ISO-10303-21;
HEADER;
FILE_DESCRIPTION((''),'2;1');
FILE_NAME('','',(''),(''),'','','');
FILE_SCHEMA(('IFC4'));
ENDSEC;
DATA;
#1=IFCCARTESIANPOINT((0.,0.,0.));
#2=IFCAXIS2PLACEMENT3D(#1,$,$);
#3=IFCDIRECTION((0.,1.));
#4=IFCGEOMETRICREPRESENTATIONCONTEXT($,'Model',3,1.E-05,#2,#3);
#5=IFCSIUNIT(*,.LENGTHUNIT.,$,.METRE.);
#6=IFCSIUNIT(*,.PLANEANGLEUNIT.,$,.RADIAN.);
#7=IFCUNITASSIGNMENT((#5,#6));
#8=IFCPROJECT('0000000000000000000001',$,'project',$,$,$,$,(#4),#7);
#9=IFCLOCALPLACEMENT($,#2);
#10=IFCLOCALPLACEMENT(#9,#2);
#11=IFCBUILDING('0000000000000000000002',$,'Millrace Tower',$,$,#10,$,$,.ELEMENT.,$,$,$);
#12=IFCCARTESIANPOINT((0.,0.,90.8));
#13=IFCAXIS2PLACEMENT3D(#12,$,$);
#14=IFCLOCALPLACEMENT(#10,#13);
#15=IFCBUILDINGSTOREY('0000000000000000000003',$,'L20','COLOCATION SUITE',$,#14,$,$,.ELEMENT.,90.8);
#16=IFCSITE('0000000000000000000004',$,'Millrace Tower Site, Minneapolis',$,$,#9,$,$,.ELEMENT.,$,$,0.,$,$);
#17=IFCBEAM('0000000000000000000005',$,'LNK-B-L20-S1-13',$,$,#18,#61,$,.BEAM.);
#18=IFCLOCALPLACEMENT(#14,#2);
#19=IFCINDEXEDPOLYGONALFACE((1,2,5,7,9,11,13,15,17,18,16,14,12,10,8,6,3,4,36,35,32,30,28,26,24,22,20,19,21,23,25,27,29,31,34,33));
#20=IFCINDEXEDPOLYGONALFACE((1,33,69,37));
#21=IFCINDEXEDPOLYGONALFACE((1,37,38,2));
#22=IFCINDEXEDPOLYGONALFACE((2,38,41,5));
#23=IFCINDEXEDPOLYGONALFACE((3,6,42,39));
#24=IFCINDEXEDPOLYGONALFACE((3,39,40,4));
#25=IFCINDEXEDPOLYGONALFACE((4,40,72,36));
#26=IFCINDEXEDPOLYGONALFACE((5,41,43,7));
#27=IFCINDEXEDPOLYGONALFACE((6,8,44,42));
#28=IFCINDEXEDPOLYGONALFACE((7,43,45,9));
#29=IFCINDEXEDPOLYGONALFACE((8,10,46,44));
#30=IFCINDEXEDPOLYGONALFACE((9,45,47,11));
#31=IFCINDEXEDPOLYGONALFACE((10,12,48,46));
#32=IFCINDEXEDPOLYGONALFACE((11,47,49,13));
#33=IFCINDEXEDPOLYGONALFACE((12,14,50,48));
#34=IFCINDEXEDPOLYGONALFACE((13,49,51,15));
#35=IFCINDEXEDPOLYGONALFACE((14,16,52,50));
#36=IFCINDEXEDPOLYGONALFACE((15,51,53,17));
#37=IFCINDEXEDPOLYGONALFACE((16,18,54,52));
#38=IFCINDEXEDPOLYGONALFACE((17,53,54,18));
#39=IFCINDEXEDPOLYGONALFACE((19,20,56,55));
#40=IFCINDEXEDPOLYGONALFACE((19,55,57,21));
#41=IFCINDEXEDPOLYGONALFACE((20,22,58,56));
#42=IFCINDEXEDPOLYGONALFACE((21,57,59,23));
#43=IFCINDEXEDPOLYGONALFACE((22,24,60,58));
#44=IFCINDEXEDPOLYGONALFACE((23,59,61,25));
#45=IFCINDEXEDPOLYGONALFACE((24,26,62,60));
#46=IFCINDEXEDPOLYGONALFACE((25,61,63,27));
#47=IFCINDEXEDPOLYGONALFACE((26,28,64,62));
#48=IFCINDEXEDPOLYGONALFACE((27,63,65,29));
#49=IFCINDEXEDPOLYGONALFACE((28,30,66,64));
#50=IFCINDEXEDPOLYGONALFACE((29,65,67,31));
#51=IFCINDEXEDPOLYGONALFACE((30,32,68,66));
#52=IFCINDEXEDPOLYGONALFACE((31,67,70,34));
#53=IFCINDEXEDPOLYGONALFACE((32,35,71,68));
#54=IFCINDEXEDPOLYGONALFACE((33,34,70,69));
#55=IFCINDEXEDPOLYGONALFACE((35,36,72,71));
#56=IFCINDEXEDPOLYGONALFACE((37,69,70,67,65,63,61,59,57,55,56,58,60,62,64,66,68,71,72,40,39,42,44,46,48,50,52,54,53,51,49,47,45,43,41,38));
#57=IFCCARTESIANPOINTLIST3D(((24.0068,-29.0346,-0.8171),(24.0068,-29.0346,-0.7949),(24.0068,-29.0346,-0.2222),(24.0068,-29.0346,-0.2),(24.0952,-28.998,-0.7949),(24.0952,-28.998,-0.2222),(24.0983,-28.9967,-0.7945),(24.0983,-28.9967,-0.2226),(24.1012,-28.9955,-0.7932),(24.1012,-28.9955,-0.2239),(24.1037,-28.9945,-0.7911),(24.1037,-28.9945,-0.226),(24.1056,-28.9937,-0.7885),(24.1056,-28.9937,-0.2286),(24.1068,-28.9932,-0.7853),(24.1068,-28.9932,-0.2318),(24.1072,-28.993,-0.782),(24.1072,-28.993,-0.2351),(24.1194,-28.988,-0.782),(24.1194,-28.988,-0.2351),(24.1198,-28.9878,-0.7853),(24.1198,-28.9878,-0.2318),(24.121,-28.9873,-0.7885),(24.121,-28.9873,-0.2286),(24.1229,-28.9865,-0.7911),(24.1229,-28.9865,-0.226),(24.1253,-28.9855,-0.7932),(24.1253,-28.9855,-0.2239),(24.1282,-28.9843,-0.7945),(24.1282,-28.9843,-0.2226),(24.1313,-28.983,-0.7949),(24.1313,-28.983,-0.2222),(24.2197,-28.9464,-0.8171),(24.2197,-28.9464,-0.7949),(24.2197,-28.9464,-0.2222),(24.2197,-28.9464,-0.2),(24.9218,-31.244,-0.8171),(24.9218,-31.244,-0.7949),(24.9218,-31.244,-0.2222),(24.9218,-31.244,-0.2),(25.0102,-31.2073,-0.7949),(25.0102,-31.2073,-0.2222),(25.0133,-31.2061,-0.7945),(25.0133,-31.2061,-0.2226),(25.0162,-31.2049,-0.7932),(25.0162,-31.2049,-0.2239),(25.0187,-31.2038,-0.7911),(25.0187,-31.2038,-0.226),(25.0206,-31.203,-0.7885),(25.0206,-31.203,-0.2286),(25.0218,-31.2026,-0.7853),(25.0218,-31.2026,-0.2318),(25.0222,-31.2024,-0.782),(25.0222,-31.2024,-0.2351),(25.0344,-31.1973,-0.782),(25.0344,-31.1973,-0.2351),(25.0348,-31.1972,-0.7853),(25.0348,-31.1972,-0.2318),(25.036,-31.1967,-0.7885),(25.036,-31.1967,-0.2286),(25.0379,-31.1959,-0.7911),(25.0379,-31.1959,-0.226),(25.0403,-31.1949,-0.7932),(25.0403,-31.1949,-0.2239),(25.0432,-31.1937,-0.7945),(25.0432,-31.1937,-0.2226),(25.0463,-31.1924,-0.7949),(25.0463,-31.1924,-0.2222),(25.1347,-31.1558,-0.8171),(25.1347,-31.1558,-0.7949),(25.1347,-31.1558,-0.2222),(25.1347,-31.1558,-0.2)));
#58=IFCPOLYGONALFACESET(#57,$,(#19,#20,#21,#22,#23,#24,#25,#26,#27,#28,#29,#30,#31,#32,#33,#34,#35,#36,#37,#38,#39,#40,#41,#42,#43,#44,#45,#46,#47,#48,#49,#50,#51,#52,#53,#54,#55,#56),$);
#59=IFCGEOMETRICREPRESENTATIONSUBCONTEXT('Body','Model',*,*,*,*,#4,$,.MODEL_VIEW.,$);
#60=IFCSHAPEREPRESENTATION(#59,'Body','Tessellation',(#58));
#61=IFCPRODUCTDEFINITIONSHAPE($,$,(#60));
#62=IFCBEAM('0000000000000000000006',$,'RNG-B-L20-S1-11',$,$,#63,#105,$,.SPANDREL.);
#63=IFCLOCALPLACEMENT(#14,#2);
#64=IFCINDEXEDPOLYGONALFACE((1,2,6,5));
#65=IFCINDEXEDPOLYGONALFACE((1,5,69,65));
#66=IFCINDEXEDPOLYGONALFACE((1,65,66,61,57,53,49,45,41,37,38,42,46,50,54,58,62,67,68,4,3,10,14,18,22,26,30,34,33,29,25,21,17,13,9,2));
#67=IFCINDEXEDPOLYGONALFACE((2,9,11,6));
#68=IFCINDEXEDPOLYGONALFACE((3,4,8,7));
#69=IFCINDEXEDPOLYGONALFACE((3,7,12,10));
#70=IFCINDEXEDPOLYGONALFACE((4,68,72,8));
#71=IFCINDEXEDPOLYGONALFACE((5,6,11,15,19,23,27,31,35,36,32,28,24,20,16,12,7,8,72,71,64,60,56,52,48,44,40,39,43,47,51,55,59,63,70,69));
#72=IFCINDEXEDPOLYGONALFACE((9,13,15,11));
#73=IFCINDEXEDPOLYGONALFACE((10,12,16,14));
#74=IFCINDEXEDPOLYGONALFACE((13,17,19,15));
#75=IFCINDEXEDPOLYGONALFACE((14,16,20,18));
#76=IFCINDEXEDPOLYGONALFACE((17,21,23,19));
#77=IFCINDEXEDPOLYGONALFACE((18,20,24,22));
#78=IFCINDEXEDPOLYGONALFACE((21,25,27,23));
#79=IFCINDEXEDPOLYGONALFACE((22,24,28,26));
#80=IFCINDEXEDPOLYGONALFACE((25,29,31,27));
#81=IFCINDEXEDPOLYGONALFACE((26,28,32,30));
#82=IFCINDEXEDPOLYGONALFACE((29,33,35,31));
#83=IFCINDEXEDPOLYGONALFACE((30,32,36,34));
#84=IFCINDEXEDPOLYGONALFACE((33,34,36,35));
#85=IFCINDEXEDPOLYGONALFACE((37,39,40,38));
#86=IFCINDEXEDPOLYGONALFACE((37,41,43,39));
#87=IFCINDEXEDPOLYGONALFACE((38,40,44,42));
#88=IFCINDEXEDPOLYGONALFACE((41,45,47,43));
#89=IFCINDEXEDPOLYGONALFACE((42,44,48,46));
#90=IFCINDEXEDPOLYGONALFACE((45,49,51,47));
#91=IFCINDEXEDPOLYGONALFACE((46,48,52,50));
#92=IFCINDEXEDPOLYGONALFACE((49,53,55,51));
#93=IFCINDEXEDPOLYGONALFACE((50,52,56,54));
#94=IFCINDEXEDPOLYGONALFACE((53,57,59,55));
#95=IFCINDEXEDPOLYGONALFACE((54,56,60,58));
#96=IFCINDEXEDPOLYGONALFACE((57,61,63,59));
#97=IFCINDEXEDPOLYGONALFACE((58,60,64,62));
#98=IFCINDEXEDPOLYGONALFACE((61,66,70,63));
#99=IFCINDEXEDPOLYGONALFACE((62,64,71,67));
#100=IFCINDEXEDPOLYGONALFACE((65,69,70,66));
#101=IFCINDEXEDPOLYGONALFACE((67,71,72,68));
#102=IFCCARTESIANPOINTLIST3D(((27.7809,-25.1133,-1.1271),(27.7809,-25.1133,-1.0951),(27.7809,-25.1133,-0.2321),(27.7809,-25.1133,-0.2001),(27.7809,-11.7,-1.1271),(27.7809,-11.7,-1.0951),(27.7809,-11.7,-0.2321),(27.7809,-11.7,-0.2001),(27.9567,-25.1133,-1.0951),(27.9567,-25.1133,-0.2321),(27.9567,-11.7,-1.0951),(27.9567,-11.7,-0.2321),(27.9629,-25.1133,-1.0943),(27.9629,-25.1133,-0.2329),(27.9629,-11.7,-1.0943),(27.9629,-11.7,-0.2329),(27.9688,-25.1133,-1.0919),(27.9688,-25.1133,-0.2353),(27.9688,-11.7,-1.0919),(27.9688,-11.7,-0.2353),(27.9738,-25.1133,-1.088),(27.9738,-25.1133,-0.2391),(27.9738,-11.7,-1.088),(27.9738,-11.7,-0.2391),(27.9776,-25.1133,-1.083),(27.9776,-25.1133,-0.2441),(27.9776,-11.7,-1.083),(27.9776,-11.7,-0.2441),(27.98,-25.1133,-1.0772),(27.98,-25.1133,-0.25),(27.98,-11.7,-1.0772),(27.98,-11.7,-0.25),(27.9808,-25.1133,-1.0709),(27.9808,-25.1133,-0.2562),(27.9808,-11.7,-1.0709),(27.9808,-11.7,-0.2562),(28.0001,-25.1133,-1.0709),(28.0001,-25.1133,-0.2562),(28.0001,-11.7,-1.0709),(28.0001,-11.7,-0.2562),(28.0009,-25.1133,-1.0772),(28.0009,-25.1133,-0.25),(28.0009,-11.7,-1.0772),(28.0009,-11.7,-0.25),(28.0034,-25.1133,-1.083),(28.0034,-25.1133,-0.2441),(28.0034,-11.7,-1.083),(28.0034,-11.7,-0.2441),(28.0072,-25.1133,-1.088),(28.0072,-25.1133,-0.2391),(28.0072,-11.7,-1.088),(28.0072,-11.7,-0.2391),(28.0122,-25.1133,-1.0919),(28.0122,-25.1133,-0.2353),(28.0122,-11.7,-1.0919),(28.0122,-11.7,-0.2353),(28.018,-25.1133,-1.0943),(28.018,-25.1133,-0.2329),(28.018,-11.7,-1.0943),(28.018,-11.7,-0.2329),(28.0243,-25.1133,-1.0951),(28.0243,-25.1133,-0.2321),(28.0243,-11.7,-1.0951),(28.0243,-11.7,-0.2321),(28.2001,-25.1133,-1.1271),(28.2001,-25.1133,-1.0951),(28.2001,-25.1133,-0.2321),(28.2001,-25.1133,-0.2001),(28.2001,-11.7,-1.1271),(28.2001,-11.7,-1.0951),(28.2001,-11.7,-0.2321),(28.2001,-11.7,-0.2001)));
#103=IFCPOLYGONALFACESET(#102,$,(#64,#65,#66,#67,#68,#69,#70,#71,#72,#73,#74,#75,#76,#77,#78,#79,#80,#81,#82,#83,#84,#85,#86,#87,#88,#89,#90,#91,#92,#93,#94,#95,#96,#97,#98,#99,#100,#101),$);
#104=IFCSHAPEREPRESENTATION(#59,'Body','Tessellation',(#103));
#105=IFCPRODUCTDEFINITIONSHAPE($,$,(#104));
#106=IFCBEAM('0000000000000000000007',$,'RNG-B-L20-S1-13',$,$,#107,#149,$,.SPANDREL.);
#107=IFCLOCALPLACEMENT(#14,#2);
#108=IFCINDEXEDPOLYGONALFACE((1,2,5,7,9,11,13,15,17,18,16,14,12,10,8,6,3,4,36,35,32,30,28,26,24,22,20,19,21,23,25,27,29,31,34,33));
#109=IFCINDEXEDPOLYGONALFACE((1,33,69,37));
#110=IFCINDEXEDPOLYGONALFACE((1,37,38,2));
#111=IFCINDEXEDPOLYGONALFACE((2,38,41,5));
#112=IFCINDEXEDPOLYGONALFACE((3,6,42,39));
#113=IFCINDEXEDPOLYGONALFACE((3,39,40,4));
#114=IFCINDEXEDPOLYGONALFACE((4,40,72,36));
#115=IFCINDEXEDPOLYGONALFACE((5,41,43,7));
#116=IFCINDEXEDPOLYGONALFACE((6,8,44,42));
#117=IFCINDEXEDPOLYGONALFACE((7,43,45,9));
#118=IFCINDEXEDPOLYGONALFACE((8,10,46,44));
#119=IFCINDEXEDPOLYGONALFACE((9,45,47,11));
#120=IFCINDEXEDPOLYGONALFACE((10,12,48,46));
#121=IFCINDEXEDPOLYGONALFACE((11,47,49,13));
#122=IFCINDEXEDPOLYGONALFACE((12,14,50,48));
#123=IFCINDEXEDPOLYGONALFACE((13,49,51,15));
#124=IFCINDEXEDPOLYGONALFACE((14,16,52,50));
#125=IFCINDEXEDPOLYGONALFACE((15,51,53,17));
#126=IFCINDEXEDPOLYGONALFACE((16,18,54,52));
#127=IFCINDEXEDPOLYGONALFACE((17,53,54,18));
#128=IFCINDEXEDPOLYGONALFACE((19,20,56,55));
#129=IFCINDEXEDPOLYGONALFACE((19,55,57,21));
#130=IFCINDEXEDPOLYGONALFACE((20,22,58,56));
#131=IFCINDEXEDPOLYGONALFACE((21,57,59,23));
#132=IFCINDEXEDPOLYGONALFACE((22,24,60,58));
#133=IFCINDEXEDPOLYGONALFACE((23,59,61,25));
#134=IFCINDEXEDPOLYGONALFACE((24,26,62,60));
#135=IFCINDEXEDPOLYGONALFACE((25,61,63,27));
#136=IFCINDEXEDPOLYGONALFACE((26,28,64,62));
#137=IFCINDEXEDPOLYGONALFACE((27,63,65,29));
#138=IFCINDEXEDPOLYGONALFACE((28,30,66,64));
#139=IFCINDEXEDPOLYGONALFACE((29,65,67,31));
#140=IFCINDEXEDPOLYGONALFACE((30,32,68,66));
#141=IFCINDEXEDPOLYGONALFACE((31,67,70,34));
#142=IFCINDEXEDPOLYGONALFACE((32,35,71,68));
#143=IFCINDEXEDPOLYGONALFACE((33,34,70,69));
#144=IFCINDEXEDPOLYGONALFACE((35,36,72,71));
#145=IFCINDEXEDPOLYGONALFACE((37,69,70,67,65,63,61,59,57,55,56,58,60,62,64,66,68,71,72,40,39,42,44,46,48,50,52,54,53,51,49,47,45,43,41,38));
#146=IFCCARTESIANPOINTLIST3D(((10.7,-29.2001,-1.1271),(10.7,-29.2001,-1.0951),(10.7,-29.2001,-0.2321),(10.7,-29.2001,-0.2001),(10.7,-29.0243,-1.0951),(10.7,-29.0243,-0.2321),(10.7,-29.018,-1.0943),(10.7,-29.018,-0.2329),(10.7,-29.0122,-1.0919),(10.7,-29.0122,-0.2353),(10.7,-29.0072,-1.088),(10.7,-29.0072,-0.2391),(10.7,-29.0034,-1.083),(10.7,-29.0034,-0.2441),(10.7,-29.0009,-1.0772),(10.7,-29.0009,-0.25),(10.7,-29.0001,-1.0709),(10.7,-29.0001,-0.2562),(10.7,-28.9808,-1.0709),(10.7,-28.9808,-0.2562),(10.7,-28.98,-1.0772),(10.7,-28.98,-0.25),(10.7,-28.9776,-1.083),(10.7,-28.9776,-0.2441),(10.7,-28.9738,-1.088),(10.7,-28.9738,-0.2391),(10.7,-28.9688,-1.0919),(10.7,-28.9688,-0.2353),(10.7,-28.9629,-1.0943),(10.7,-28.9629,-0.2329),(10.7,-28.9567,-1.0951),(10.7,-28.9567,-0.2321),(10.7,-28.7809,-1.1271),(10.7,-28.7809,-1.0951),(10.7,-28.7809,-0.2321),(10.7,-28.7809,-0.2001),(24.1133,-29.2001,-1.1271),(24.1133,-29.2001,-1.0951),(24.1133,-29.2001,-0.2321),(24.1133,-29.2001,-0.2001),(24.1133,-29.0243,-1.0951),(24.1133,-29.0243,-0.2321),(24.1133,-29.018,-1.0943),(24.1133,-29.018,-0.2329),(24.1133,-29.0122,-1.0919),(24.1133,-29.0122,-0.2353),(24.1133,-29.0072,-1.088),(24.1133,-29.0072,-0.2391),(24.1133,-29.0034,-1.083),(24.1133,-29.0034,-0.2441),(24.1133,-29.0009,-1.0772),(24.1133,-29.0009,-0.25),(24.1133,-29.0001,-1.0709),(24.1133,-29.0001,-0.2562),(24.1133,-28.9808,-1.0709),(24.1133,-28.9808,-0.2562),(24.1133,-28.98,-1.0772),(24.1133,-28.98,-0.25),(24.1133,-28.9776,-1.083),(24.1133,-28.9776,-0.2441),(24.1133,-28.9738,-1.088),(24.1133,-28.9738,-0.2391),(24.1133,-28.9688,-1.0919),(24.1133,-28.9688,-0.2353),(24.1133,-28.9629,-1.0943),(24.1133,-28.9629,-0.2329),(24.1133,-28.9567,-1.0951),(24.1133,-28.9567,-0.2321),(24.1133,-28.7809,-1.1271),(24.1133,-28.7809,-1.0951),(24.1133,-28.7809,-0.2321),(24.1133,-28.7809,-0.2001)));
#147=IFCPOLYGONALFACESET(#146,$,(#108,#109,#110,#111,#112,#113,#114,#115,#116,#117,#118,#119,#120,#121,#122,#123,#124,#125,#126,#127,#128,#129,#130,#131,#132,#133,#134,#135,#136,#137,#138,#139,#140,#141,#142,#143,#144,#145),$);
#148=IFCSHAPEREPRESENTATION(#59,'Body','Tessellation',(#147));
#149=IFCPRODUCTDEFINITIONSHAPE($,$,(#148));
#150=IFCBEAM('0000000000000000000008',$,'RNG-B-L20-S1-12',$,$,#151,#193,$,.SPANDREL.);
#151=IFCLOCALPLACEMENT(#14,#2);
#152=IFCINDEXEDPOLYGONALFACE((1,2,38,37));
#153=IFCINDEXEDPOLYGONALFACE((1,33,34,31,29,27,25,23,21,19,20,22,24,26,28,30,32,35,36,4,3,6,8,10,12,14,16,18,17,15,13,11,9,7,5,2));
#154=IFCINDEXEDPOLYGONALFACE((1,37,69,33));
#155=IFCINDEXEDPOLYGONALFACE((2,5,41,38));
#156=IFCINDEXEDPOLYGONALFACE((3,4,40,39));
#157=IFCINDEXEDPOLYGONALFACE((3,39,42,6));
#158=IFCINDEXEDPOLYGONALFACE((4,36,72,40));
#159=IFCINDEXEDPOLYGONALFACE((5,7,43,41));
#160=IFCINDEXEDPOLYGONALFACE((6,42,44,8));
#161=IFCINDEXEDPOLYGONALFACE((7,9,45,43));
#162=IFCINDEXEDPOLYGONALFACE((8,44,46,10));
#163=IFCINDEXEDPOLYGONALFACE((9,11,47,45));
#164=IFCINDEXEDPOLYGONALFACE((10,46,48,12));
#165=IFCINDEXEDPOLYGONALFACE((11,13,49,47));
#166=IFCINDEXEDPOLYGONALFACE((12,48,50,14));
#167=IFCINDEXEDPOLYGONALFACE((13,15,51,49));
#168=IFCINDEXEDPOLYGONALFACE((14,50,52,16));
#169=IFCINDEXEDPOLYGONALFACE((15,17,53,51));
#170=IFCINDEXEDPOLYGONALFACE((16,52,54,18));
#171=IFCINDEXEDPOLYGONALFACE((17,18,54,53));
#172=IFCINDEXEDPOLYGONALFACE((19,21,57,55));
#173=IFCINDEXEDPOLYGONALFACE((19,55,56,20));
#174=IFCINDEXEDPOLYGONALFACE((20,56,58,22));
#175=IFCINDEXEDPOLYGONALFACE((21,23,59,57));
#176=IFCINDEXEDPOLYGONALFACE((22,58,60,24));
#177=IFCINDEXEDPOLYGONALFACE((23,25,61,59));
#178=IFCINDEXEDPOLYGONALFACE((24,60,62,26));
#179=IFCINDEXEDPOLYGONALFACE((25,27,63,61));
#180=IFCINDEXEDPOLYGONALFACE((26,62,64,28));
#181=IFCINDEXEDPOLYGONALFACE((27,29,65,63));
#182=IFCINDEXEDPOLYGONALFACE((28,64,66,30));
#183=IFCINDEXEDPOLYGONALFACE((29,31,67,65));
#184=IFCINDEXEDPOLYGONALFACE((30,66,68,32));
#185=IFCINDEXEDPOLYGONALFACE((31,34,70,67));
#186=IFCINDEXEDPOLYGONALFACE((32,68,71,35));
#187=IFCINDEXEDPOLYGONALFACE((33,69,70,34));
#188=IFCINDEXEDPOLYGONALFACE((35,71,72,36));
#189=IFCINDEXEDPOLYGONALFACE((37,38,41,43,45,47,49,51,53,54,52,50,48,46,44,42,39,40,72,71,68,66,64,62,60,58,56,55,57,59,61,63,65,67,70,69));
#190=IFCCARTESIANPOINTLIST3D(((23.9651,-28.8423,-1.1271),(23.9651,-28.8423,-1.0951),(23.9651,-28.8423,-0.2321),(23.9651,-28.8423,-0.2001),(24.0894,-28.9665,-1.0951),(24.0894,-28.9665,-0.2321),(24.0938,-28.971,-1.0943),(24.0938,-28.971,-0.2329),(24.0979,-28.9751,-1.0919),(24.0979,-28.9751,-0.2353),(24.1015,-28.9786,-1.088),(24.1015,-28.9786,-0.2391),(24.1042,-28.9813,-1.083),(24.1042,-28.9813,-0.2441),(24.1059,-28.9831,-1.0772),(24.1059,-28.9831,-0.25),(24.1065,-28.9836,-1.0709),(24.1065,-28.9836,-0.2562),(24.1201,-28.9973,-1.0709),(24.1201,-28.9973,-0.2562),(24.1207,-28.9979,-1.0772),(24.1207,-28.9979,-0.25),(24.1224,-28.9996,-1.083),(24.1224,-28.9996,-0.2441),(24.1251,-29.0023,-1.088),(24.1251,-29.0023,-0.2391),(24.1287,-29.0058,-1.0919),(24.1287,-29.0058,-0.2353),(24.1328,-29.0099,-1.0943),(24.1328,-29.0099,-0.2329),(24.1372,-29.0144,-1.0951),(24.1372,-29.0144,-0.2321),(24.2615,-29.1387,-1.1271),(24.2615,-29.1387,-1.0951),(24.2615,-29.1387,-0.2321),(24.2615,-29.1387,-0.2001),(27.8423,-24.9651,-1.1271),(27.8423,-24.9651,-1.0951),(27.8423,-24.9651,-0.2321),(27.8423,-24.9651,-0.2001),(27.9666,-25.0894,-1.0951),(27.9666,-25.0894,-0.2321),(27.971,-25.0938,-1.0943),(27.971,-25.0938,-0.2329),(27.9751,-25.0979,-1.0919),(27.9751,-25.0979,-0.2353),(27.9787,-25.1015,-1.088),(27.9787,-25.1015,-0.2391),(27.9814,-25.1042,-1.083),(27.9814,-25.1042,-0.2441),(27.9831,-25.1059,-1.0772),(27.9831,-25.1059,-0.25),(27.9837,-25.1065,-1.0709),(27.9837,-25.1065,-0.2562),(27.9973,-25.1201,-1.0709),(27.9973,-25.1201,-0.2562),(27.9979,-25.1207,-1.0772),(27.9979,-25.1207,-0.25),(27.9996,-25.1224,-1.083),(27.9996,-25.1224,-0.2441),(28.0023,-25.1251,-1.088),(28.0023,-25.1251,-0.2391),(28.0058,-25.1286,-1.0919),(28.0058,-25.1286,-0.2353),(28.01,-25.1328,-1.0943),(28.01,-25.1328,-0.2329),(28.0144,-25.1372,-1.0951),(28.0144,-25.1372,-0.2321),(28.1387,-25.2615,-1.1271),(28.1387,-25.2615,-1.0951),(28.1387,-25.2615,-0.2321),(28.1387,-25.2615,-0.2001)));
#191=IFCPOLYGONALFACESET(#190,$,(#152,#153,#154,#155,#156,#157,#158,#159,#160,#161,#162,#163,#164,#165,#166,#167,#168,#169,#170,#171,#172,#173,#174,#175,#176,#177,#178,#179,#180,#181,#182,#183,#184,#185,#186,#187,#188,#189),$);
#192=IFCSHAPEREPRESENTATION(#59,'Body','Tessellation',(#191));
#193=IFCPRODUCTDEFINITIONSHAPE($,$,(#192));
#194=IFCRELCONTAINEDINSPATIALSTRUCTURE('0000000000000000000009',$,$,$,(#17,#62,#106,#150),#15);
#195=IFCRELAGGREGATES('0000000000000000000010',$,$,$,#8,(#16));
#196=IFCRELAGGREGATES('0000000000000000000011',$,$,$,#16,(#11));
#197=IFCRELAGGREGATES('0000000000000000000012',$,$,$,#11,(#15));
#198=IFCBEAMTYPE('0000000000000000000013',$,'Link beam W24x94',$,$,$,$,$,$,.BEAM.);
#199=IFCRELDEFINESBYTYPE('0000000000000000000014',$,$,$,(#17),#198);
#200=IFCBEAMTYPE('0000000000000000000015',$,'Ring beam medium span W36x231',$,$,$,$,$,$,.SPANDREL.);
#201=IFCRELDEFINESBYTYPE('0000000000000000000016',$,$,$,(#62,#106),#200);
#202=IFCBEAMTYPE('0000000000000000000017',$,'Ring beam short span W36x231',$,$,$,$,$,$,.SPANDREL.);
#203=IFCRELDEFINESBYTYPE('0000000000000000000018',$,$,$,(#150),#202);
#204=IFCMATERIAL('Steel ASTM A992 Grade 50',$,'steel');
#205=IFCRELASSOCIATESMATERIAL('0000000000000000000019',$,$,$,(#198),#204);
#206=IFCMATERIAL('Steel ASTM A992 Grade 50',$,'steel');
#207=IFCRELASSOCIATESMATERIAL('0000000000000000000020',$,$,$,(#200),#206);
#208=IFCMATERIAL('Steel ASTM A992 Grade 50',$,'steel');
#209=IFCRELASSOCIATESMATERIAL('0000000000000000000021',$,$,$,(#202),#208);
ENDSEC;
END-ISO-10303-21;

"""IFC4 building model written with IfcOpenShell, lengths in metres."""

from ifc_helpers import new_model, si_unit, direction, frame, origin, origin_2d, place, context, subcontext, project, spatial, i_section, extrude, material, material_profile, profile_set, type_object, element, save


model = new_model("IFC4")

# Units and contexts
model_context = context("Model", 3, precision=1e-05, world=origin(), true_north=direction((0.0, 1.0)))
body_context = subcontext(model_context, "Body", "Model", "MODEL_VIEW")
ifc_project = project(units=[si_unit("LENGTHUNIT", "METRE"), si_unit("PLANEANGLEUNIT", "RADIAN")], contexts=[model_context])

# Site, building, storey
site_placement = place(None, origin())
site = spatial("IfcSite", under=ifc_project, at=site_placement, Name="Millrace Tower Site, Minneapolis", CompositionType="ELEMENT", RefElevation=0.0)
building_placement = place(site_placement, origin())
building = spatial("IfcBuilding", under=site, at=building_placement, Name="Millrace Tower", CompositionType="ELEMENT")
storey_placement = place(building_placement, frame((0.0, 0.0, 90.8)))
storey = spatial("IfcBuildingStorey", under=building, at=storey_placement, Name="L20", Description="COLOCATION SUITE", CompositionType="ELEMENT", Elevation=90.8)

# Beams
ifc_material_1 = material(Name="Steel ASTM A992 Grade 50", Category="steel")
ifc_material_profile_1 = material_profile(ifc_material_1, i_section(OverallWidth=0.2305, OverallDepth=0.6172, WebThickness=0.0132, FlangeThickness=0.0222, FilletRadius=0.0129, at=origin_2d()))
ifc_profile_set_1 = profile_set([ifc_material_profile_1], Name="Steel ASTM A992 Grade 50")
beam_type_1 = type_object("IfcBeamType", Name="Link beam W24x94", PredefinedType="BEAM", material=ifc_profile_set_1)
for number, where, z_axis, x_axis, name in (
    (1, (24.1133, -28.9905, -0.5085), (0.382628, -0.923902, 0.0), (0.923902, 0.382628, 0.0), "LNK-B-L20-S1-13"),
):
    element("IfcBeam", number, at=place(storey_placement, frame(where, z_axis=z_axis, x_axis=x_axis)), inside=storey, type_object=beam_type_1, Name=name, PredefinedType="BEAM", context=body_context, shape_type="SweptSolid", body=[
        extrude(i_section(OverallWidth=0.2305, OverallDepth=0.6172, WebThickness=0.0132, FlangeThickness=0.0222, FilletRadius=0.0129, at=origin_2d()), origin(), (0.0, 0.0, 1.0), 2.3914),
    ])
ifc_material_2 = material(Name="Steel ASTM A992 Grade 50", Category="steel")
ifc_material_profile_2 = material_profile(ifc_material_2, i_section(OverallWidth=0.4192, OverallDepth=0.927, WebThickness=0.0193, FlangeThickness=0.032, FilletRadius=0.0242, at=origin_2d()))
ifc_profile_set_2 = profile_set([ifc_material_profile_2], Name="Steel ASTM A992 Grade 50")
beam_type_2 = type_object("IfcBeamType", Name="Ring beam medium span W36x231", PredefinedType="SPANDREL", material=ifc_profile_set_2)
for number, where, z_axis, x_axis, name in (
    (2, (27.9905, -11.7, -0.6636), (0.0, -1.0, 0.0), (1.0, 0.0, 0.0), "RNG-B-L20-S1-11"),
    (3, (24.1133, -28.9905, -0.6636), (-1.0, 0.0, 0.0), (0.0, -1.0, 0.0), "RNG-B-L20-S1-13"),
):
    element("IfcBeam", number, at=place(storey_placement, frame(where, z_axis=z_axis, x_axis=x_axis)), inside=storey, type_object=beam_type_2, Name=name, PredefinedType="SPANDREL", context=body_context, shape_type="SweptSolid", body=[
        extrude(i_section(OverallWidth=0.4192, OverallDepth=0.927, WebThickness=0.0193, FlangeThickness=0.032, FilletRadius=0.0242, at=origin_2d()), origin(), (0.0, 0.0, 1.0), 13.4133),
    ])
ifc_material_3 = material(Name="Steel ASTM A992 Grade 50", Category="steel")
ifc_material_profile_3 = material_profile(ifc_material_3, i_section(OverallWidth=0.4192, OverallDepth=0.927, WebThickness=0.0193, FlangeThickness=0.032, FilletRadius=0.0242, at=origin_2d()))
ifc_profile_set_3 = profile_set([ifc_material_profile_3], Name="Steel ASTM A992 Grade 50")
beam_type_3 = type_object("IfcBeamType", Name="Ring beam short span W36x231", PredefinedType="SPANDREL", material=ifc_profile_set_3)
beam_placement = place(storey_placement, frame((27.9905, -25.1133, -0.6636), z_axis=(-0.707107, -0.707107, 0.0), x_axis=(0.707107, -0.707107, 0.0)))
element("IfcBeam", 4, at=beam_placement, inside=storey, type_object=beam_type_3, Name="RNG-B-L20-S1-12", PredefinedType="SPANDREL", context=body_context, shape_type="SweptSolid", body=[
    extrude(i_section(OverallWidth=0.4192, OverallDepth=0.927, WebThickness=0.0193, FlangeThickness=0.032, FilletRadius=0.0242, at=origin_2d()), origin(), (0.0, 0.0, 1.0), 5.4832),
])

save(model, "model.ifc")
